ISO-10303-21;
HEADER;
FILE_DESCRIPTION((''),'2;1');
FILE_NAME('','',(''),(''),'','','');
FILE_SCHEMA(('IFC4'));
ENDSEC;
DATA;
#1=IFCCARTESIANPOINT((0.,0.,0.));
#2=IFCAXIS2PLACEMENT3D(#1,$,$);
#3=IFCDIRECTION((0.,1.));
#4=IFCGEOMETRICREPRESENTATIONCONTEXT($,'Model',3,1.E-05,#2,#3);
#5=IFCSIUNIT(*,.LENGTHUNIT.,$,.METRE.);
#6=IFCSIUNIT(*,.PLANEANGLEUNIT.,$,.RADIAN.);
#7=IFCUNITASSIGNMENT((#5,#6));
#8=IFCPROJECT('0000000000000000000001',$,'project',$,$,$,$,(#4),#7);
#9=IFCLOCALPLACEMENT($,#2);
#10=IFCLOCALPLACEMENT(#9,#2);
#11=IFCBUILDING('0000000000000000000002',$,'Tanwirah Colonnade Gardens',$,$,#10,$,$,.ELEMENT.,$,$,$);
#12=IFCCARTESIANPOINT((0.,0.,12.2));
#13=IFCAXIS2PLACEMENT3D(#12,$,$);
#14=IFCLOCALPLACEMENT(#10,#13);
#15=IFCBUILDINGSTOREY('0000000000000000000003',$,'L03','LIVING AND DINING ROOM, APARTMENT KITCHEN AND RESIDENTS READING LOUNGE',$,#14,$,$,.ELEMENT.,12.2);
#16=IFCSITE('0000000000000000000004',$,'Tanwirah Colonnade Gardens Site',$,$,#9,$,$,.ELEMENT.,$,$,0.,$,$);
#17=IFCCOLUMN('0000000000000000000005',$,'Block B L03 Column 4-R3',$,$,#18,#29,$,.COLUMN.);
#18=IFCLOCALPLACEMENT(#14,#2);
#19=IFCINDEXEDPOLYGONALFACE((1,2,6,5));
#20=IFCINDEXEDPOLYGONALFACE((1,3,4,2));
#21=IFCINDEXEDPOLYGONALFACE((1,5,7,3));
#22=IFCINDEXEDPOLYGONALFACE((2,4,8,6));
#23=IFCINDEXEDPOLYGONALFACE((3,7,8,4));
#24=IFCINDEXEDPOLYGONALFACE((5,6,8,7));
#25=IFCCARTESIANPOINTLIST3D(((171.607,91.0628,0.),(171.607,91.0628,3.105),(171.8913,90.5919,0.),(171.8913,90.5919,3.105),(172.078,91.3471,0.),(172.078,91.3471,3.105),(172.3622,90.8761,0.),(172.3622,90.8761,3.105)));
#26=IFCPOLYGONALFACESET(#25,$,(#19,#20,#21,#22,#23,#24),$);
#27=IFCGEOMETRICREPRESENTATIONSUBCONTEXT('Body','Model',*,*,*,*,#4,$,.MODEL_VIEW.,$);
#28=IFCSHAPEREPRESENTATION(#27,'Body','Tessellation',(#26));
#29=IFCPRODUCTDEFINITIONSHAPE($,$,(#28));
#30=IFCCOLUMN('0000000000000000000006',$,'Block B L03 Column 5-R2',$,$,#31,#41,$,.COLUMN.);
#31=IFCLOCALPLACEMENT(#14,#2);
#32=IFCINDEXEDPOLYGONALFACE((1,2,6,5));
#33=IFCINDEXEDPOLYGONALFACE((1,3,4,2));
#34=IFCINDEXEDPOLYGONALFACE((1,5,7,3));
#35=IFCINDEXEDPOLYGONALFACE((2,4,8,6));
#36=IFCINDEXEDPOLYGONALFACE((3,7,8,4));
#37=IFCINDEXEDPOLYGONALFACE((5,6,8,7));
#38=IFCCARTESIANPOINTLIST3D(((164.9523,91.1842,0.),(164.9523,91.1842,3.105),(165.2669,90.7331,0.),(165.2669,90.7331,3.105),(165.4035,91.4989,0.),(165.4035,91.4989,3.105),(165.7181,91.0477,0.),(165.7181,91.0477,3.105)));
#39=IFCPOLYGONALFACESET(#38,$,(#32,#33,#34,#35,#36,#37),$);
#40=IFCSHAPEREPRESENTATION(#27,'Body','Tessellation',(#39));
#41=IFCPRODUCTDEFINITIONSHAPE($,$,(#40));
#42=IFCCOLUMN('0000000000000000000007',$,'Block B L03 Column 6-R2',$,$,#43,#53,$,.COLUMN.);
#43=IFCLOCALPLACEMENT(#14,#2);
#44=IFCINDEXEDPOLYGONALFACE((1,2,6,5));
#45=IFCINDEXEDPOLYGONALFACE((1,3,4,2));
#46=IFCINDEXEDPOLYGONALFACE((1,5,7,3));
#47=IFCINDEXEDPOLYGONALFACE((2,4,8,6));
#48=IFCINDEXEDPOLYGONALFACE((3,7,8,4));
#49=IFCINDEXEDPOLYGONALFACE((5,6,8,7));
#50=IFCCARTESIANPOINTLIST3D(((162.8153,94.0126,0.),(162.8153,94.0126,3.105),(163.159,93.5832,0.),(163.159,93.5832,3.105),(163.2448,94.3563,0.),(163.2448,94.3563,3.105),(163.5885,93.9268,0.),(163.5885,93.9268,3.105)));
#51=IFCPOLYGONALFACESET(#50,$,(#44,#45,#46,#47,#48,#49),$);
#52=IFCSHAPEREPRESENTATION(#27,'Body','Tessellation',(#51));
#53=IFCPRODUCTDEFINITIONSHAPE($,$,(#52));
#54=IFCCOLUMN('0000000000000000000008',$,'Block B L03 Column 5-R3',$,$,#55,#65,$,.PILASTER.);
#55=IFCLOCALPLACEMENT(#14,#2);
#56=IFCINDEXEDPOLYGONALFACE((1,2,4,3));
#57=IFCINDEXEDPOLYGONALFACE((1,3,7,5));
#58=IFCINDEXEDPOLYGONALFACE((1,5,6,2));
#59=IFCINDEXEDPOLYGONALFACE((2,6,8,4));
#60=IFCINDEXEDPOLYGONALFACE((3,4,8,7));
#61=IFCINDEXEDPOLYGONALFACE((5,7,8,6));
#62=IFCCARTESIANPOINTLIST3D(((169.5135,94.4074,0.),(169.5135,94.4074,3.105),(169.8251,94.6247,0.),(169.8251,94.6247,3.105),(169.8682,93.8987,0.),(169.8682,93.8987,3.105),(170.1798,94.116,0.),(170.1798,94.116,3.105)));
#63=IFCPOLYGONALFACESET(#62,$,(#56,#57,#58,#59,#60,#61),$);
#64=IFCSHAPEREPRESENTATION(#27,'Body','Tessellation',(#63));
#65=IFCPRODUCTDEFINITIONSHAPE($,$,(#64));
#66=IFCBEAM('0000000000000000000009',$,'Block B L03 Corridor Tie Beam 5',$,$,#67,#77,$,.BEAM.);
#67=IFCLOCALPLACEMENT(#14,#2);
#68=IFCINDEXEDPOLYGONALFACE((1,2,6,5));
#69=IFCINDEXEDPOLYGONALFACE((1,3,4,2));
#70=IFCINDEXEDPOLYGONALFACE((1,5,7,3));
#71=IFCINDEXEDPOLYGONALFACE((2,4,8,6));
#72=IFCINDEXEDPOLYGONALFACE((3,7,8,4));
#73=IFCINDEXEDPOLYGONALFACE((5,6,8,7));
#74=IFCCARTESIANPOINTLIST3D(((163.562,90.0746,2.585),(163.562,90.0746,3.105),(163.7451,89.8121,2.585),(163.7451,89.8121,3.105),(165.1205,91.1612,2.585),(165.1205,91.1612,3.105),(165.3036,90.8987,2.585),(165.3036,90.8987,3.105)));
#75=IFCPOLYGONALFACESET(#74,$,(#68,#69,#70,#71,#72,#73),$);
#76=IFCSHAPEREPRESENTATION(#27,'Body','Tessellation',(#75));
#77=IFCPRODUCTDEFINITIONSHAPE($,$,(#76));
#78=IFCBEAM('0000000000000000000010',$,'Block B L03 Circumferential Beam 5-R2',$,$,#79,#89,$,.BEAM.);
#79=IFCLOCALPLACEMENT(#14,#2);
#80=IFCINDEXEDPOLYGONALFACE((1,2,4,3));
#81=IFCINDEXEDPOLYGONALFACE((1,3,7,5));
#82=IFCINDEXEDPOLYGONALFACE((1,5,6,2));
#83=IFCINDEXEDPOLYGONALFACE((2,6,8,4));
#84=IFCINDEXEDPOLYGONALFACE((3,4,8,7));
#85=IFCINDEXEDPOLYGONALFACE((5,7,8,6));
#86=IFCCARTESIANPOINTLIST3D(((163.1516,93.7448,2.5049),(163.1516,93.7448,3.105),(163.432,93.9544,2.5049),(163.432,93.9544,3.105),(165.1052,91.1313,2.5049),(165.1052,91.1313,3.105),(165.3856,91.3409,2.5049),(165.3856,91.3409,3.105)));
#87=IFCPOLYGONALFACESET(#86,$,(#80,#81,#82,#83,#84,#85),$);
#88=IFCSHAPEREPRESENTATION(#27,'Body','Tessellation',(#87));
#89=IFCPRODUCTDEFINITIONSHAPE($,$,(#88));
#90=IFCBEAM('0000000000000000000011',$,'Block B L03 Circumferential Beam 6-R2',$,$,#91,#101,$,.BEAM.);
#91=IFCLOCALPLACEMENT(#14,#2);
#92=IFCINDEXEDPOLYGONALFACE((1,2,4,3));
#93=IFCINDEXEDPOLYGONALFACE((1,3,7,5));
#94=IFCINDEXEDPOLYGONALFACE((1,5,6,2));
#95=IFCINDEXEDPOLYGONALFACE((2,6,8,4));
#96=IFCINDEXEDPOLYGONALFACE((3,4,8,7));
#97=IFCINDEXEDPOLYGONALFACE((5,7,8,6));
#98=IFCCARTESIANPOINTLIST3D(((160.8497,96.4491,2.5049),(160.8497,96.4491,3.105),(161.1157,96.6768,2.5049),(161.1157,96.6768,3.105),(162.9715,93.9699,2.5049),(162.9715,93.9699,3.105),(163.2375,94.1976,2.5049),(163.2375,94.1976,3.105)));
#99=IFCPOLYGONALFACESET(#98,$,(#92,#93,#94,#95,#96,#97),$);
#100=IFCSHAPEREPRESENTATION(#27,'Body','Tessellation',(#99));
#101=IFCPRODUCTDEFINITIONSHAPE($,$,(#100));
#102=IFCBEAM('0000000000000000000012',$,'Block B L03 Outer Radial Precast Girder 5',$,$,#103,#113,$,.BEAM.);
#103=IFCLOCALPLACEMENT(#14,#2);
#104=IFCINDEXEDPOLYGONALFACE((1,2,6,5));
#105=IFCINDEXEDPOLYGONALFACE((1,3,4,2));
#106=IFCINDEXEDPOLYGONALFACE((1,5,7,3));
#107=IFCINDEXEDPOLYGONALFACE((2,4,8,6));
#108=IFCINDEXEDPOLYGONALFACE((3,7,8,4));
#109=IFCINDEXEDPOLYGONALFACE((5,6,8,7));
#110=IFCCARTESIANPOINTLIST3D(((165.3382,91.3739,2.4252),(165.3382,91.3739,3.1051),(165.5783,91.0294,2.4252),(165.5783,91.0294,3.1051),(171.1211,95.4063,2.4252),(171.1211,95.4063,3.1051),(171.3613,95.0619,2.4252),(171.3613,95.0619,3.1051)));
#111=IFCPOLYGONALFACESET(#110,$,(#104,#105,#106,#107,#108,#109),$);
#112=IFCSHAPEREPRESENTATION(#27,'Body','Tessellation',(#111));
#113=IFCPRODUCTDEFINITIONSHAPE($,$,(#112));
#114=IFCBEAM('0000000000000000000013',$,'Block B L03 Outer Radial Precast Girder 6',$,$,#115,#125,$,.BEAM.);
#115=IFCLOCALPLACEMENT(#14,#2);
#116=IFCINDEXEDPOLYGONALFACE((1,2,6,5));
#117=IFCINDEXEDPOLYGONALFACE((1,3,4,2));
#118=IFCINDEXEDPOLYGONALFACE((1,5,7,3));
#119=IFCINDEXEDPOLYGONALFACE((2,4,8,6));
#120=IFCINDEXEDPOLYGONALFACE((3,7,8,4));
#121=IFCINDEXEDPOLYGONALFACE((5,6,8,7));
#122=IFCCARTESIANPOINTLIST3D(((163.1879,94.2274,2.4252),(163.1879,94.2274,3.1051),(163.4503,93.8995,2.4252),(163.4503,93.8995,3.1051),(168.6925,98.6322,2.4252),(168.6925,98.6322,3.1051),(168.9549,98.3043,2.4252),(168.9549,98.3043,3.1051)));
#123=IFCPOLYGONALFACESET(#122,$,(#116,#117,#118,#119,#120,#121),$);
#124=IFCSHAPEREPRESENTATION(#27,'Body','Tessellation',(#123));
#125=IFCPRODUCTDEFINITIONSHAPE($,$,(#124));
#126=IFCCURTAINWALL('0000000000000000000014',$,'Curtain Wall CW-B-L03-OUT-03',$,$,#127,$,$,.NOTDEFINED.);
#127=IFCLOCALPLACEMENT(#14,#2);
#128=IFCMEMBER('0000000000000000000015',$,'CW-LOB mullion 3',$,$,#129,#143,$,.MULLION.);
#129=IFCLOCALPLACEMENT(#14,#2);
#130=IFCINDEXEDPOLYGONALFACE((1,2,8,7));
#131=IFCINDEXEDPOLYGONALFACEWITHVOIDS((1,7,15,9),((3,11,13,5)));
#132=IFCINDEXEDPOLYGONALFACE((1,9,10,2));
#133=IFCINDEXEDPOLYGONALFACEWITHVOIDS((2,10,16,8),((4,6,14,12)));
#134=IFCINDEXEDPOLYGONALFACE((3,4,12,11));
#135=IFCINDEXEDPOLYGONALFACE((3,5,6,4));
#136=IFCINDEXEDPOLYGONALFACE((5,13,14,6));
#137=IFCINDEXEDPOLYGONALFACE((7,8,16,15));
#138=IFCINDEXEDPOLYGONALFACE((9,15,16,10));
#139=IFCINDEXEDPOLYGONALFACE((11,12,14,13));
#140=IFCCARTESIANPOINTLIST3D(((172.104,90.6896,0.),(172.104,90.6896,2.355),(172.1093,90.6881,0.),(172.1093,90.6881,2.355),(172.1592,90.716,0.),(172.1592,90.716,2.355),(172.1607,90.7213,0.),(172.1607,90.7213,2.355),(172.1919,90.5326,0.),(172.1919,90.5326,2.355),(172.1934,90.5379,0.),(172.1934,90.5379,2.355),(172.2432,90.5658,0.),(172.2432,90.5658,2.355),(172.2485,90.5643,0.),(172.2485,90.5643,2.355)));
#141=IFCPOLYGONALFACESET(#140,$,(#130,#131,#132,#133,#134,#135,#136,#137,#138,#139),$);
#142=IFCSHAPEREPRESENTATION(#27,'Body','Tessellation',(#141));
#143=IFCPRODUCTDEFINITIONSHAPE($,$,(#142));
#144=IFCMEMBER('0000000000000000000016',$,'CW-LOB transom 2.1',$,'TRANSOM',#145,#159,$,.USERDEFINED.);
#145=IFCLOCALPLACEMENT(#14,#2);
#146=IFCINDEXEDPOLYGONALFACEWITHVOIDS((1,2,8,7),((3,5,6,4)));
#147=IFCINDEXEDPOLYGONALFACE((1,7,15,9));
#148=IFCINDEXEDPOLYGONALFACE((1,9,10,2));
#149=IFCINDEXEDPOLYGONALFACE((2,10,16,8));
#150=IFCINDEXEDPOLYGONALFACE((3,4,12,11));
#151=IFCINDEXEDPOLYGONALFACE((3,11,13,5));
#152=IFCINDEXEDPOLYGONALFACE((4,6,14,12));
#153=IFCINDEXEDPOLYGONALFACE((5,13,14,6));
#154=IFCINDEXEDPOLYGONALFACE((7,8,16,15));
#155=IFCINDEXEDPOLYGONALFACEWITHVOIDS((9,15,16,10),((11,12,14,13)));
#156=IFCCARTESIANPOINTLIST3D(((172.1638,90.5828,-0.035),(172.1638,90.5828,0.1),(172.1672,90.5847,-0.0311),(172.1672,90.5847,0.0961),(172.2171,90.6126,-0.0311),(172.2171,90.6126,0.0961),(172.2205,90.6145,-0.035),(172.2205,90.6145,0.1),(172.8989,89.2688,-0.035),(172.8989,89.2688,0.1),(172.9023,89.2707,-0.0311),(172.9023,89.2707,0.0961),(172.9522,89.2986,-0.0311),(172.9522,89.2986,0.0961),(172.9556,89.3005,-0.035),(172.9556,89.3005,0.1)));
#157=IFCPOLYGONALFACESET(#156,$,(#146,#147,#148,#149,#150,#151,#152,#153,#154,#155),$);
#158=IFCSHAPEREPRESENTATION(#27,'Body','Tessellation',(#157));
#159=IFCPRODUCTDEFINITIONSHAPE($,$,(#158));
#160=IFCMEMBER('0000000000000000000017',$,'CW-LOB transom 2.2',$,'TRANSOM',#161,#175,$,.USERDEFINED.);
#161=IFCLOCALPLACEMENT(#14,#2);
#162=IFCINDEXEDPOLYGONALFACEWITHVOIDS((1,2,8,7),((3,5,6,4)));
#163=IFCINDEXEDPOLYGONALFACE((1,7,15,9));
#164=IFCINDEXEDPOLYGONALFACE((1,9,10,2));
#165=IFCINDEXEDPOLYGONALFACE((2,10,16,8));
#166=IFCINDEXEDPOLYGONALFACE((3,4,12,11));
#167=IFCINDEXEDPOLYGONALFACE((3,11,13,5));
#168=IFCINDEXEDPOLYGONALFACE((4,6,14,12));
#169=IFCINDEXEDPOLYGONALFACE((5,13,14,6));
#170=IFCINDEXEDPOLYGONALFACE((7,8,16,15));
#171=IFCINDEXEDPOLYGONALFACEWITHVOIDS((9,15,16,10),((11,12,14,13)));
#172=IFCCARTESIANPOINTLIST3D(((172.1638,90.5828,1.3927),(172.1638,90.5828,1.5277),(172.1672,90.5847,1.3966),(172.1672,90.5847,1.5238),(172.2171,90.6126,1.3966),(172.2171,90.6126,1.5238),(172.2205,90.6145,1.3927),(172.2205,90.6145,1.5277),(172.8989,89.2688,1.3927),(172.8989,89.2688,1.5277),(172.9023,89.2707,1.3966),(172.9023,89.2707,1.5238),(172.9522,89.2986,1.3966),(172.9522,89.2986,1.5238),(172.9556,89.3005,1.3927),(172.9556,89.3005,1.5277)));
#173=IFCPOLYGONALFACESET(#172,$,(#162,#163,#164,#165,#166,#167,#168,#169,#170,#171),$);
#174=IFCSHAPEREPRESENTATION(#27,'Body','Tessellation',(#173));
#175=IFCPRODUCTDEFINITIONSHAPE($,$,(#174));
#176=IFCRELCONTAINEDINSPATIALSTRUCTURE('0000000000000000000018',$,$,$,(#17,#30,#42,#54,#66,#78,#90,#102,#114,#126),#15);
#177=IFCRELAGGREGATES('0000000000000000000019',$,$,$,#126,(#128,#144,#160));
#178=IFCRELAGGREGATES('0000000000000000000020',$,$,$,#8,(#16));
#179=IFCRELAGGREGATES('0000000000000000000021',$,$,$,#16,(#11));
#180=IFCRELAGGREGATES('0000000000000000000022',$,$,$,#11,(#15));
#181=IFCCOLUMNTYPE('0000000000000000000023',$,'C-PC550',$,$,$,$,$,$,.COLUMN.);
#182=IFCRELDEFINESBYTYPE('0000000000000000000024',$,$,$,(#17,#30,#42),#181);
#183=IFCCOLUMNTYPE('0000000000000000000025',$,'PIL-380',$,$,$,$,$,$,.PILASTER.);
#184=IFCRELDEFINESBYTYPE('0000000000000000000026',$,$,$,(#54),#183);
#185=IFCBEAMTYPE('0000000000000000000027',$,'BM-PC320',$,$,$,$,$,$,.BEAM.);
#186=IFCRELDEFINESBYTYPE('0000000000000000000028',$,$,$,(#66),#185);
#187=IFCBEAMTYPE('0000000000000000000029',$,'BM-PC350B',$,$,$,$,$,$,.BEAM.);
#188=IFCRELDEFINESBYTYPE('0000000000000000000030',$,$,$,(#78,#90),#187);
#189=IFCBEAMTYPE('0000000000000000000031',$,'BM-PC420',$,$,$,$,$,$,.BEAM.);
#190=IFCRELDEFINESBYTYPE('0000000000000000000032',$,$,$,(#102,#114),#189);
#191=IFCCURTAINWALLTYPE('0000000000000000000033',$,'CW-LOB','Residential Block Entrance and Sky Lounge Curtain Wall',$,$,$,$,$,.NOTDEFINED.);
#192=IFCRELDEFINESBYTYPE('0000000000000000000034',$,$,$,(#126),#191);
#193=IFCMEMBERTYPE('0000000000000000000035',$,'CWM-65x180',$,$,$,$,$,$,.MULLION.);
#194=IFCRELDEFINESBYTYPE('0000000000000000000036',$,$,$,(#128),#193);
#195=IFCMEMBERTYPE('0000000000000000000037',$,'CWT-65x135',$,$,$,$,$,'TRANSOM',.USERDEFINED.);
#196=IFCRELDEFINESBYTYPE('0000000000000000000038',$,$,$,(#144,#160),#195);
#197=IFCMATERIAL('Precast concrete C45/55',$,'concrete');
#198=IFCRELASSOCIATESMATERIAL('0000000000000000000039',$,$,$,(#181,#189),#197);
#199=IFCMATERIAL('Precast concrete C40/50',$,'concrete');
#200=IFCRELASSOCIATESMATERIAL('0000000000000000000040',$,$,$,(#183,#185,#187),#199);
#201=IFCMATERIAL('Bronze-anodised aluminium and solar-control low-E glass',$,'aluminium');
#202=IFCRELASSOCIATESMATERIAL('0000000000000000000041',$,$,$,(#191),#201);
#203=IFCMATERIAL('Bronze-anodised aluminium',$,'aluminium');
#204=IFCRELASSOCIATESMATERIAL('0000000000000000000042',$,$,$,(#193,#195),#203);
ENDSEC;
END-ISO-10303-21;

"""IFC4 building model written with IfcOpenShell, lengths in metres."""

from ifc_helpers import new_model, si_unit, direction, frame, origin, origin_2d, place, context, subcontext, project, spatial, rectangle, hollow_rectangle, extrude, material, material_profile, profile_set, type_object, element, aggregate, save


model = new_model("IFC4")

# Units and contexts
model_context = context("Model", 3, precision=1e-05, world=origin(), true_north=direction((0.0, 1.0)))
body_context = subcontext(model_context, "Body", "Model", "MODEL_VIEW")
ifc_project = project(units=[si_unit("LENGTHUNIT", "METRE"), si_unit("PLANEANGLEUNIT", "RADIAN")], contexts=[model_context])

# Site, building, storey
site_placement = place(None, origin())
site = spatial("IfcSite", under=ifc_project, at=site_placement, Name="Tanwirah Colonnade Gardens Site", CompositionType="ELEMENT", RefElevation=0.0)
building_placement = place(site_placement, origin())
building = spatial("IfcBuilding", under=site, at=building_placement, Name="Tanwirah Colonnade Gardens", CompositionType="ELEMENT")
storey_placement = place(building_placement, frame((0.0, 0.0, 12.2)))
storey = spatial("IfcBuildingStorey", under=building, at=storey_placement, Name="L03", Description="LIVING AND DINING ROOM, APARTMENT KITCHEN AND RESIDENTS READING LOUNGE", CompositionType="ELEMENT", Elevation=12.2)

# Columns
ifc_material_1 = material(Name="Precast concrete C45/55", Category="concrete")
ifc_material_profile_1 = material_profile(ifc_material_1, rectangle(XDim=0.55, YDim=0.55, at=origin_2d()), Name="PC-COL 550x550")
ifc_profile_set_1 = profile_set([ifc_material_profile_1], Name="Precast concrete C45/55")
column_type_1 = type_object("IfcColumnType", Name="C-PC550", PredefinedType="COLUMN", material=ifc_profile_set_1)
for number, where, z_axis, x_axis, name in (
    (1, (171.9846, 90.9695, 0.0), (0.0, 0.0, 1.0), (0.856167, 0.516699, 0.0), "Block B L03 Column 4-R3"),
    (2, (165.3352, 91.116, 0.0), (0.0, 0.0, 1.0), (0.820263, 0.571987, 0.0), "Block B L03 Column 5-R2"),
    (3, (163.2019, 93.9697, 0.0), (0.0, 0.0, 1.0), (0.780794, 0.624789, 0.0), "Block B L03 Column 6-R2"),
):
    element("IfcColumn", number, at=place(storey_placement, frame(where, z_axis=z_axis, x_axis=x_axis)), inside=storey, type_object=column_type_1, Name=name, PredefinedType="COLUMN", context=body_context, shape_type="SweptSolid", body=[
        extrude(rectangle(XDim=0.55, YDim=0.55, at=origin_2d()), origin(), (0.0, 0.0, 1.0), 3.105),
    ])
ifc_material_2 = material(Name="Precast concrete C40/50", Category="concrete")
ifc_material_profile_2 = material_profile(ifc_material_2, rectangle(XDim=0.3799, YDim=0.6201, at=origin_2d()), Name="PC-PIL 380x620")
ifc_profile_set_2 = profile_set([ifc_material_profile_2], Name="Precast concrete C40/50")
column_type_2 = type_object("IfcColumnType", Name="PIL-380", PredefinedType="PILASTER", material=ifc_profile_set_2)
column_placement = place(storey_placement, frame((169.8467, 94.2617, 0.0), z_axis=(0.0, 0.0, 1.0), x_axis=(0.820263, 0.571987, 0.0)))
element("IfcColumn", 4, at=column_placement, inside=storey, type_object=column_type_2, Name="Block B L03 Column 5-R3", PredefinedType="PILASTER", context=body_context, shape_type="SweptSolid", body=[
    extrude(rectangle(XDim=0.3799, YDim=0.6201, at=origin_2d()), origin(), (0.0, 0.0, 1.0), 3.105),
])

# Beams
ifc_material_profile_3 = material_profile(ifc_material_2, rectangle(XDim=0.3201, YDim=0.52, at=origin_2d()), Name="PC-BM 320x520")
ifc_profile_set_3 = profile_set([ifc_material_profile_3], Name="Precast concrete C40/50")
beam_type_1 = type_object("IfcBeamType", Name="BM-PC320", PredefinedType="BEAM", material=ifc_profile_set_3)
beam_1_placement = place(storey_placement, frame((163.6536, 89.9434, 2.845), z_axis=(0.820305, 0.571926, 0.0), x_axis=(-0.571926, 0.820305, 0.0)))
element("IfcBeam", 5, at=beam_1_placement, inside=storey, type_object=beam_type_1, Name="Block B L03 Corridor Tie Beam 5", PredefinedType="BEAM", context=body_context, shape_type="SweptSolid", body=[
    extrude(rectangle(XDim=0.3201, YDim=0.52, at=origin_2d()), origin(), (0.0, 0.0, 1.0), 1.8999),
])
ifc_material_profile_4 = material_profile(ifc_material_2, rectangle(XDim=0.3501, YDim=0.6001, at=origin_2d()), Name="PC-BM 350x600")
ifc_profile_set_4 = profile_set([ifc_material_profile_4], Name="Precast concrete C40/50")
beam_type_2 = type_object("IfcBeamType", Name="BM-PC350B", PredefinedType="BEAM", material=ifc_profile_set_4)
beam_2_placement = place(storey_placement, frame((165.2454, 91.2361, 2.8049), z_axis=(-0.598718, 0.80096, 0.0), x_axis=(-0.80096, -0.598718, 0.0)))
element("IfcBeam", 6, at=beam_2_placement, inside=storey, type_object=beam_type_2, Name="Block B L03 Circumferential Beam 5-R2", PredefinedType="BEAM", context=body_context, shape_type="SweptSolid", body=[
    extrude(rectangle(XDim=0.3501, YDim=0.6001, at=origin_2d()), origin(), (0.0, 0.0, 1.0), 3.2629),
])
beam_3_placement = place(storey_placement, frame((163.1045, 94.0837, 2.8049), z_axis=(-0.650218, 0.759748, 0.0), x_axis=(-0.759748, -0.650218, 0.0)))
element("IfcBeam", 7, at=beam_3_placement, inside=storey, type_object=beam_type_2, Name="Block B L03 Circumferential Beam 6-R2", PredefinedType="BEAM", context=body_context, shape_type="SweptSolid", body=[
    extrude(rectangle(XDim=0.3501, YDim=0.6001, at=origin_2d()), origin(), (0.0, 0.0, 1.0), 3.2632),
])
ifc_material_profile_5 = material_profile(ifc_material_1, rectangle(XDim=0.4199, YDim=0.6799, at=origin_2d()), Name="PC-BM 420x680")
ifc_profile_set_5 = profile_set([ifc_material_profile_5], Name="Precast concrete C45/55")
beam_type_3 = type_object("IfcBeamType", Name="BM-PC420", PredefinedType="BEAM", material=ifc_profile_set_5)
for number, where, z_axis, x_axis, name in (
    (8, (165.4583, 91.2017, 2.7651), (0.82027, 0.571976, 0.0), (-0.571976, 0.82027, 0.0), "Block B L03 Outer Radial Precast Girder 5"),
    (9, (163.3191, 94.0635, 2.7651), (0.780794, 0.624788, 0.0), (-0.624788, 0.780794, 0.0), "Block B L03 Outer Radial Precast Girder 6"),
):
    element("IfcBeam", number, at=place(storey_placement, frame(where, z_axis=z_axis, x_axis=x_axis)), inside=storey, type_object=beam_type_3, Name=name, PredefinedType="BEAM", context=body_context, shape_type="SweptSolid", body=[
        extrude(rectangle(XDim=0.4199, YDim=0.6799, at=origin_2d()), origin(), (0.0, 0.0, 1.0), 7.05),
    ])

# Curtain wall, members
ifc_material_3 = material(Name="Bronze-anodised aluminium and solar-control low-E glass", Category="aluminium")
curtain_wall_type = type_object("IfcCurtainWallType", Name="CW-LOB", Description="Residential Block Entrance and Sky Lounge Curtain Wall", PredefinedType="NOTDEFINED", material=ifc_material_3)
curtain_wall_placement = place(storey_placement, origin())
curtain_wall = element("IfcCurtainWall", 10, at=curtain_wall_placement, inside=storey, type_object=curtain_wall_type, Name="Curtain Wall CW-B-L03-OUT-03", PredefinedType="NOTDEFINED")
ifc_material_4 = material(Name="Bronze-anodised aluminium", Category="aluminium")
ifc_material_profile_6 = material_profile(ifc_material_4, hollow_rectangle(XDim=0.0649, YDim=0.1799, WallThickness=0.0039, at=origin_2d()), Name="CW-MUL 65x180x4")
ifc_profile_set_6 = profile_set([ifc_material_profile_6], Name="Bronze-anodised aluminium")
member_type_1 = type_object("IfcMemberType", Name="CWM-65x180", PredefinedType="MULLION", material=ifc_profile_set_6)
member_1_placement = place(storey_placement, frame((172.1763, 90.627, 0.0), z_axis=(0.0, 0.0, 1.0), x_axis=(-0.872732, -0.4882, 0.0)))
member_1 = element("IfcMember", 11, at=member_1_placement, type_object=member_type_1, Name="CW-LOB mullion 3", PredefinedType="MULLION", context=body_context, shape_type="SweptSolid", body=[
    extrude(hollow_rectangle(XDim=0.0649, YDim=0.1799, WallThickness=0.0039, at=origin_2d()), origin(), (0.0, 0.0, 1.0), 2.355),
])
ifc_material_profile_7 = material_profile(ifc_material_4, hollow_rectangle(XDim=0.0649, YDim=0.135, WallThickness=0.0039, at=origin_2d()), Name="CW-TRN 65x135x4")
ifc_profile_set_7 = profile_set([ifc_material_profile_7], Name="Bronze-anodised aluminium")
member_type_2 = type_object("IfcMemberType", Name="CWT-65x135", ElementType="TRANSOM", PredefinedType="USERDEFINED", material=ifc_profile_set_7)
member_2_placement = place(storey_placement, frame((172.9272, 89.2847, 0.0325), z_axis=(-0.488243, 0.872708, 0.0), x_axis=(-0.872708, -0.488243, 0.0)))
member_2 = element("IfcMember", 12, at=member_2_placement, type_object=member_type_2, Name="CW-LOB transom 2.1", ObjectType="TRANSOM", PredefinedType="USERDEFINED", context=body_context, shape_type="SweptSolid", body=[
    extrude(hollow_rectangle(XDim=0.0649, YDim=0.135, WallThickness=0.0039, at=origin_2d()), origin(), (0.0, 0.0, 1.0), 1.5056),
])
member_3_placement = place(storey_placement, frame((172.9272, 89.2847, 1.4602), z_axis=(-0.488243, 0.872708, 0.0), x_axis=(-0.872708, -0.488243, 0.0)))
member_3 = element("IfcMember", 13, at=member_3_placement, type_object=member_type_2, Name="CW-LOB transom 2.2", ObjectType="TRANSOM", PredefinedType="USERDEFINED", context=body_context, shape_type="SweptSolid", body=[
    extrude(hollow_rectangle(XDim=0.0649, YDim=0.135, WallThickness=0.0039, at=origin_2d()), origin(), (0.0, 0.0, 1.0), 1.5056),
])

aggregate(curtain_wall, [member_1, member_2, member_3])

save(model, "model.ifc")
